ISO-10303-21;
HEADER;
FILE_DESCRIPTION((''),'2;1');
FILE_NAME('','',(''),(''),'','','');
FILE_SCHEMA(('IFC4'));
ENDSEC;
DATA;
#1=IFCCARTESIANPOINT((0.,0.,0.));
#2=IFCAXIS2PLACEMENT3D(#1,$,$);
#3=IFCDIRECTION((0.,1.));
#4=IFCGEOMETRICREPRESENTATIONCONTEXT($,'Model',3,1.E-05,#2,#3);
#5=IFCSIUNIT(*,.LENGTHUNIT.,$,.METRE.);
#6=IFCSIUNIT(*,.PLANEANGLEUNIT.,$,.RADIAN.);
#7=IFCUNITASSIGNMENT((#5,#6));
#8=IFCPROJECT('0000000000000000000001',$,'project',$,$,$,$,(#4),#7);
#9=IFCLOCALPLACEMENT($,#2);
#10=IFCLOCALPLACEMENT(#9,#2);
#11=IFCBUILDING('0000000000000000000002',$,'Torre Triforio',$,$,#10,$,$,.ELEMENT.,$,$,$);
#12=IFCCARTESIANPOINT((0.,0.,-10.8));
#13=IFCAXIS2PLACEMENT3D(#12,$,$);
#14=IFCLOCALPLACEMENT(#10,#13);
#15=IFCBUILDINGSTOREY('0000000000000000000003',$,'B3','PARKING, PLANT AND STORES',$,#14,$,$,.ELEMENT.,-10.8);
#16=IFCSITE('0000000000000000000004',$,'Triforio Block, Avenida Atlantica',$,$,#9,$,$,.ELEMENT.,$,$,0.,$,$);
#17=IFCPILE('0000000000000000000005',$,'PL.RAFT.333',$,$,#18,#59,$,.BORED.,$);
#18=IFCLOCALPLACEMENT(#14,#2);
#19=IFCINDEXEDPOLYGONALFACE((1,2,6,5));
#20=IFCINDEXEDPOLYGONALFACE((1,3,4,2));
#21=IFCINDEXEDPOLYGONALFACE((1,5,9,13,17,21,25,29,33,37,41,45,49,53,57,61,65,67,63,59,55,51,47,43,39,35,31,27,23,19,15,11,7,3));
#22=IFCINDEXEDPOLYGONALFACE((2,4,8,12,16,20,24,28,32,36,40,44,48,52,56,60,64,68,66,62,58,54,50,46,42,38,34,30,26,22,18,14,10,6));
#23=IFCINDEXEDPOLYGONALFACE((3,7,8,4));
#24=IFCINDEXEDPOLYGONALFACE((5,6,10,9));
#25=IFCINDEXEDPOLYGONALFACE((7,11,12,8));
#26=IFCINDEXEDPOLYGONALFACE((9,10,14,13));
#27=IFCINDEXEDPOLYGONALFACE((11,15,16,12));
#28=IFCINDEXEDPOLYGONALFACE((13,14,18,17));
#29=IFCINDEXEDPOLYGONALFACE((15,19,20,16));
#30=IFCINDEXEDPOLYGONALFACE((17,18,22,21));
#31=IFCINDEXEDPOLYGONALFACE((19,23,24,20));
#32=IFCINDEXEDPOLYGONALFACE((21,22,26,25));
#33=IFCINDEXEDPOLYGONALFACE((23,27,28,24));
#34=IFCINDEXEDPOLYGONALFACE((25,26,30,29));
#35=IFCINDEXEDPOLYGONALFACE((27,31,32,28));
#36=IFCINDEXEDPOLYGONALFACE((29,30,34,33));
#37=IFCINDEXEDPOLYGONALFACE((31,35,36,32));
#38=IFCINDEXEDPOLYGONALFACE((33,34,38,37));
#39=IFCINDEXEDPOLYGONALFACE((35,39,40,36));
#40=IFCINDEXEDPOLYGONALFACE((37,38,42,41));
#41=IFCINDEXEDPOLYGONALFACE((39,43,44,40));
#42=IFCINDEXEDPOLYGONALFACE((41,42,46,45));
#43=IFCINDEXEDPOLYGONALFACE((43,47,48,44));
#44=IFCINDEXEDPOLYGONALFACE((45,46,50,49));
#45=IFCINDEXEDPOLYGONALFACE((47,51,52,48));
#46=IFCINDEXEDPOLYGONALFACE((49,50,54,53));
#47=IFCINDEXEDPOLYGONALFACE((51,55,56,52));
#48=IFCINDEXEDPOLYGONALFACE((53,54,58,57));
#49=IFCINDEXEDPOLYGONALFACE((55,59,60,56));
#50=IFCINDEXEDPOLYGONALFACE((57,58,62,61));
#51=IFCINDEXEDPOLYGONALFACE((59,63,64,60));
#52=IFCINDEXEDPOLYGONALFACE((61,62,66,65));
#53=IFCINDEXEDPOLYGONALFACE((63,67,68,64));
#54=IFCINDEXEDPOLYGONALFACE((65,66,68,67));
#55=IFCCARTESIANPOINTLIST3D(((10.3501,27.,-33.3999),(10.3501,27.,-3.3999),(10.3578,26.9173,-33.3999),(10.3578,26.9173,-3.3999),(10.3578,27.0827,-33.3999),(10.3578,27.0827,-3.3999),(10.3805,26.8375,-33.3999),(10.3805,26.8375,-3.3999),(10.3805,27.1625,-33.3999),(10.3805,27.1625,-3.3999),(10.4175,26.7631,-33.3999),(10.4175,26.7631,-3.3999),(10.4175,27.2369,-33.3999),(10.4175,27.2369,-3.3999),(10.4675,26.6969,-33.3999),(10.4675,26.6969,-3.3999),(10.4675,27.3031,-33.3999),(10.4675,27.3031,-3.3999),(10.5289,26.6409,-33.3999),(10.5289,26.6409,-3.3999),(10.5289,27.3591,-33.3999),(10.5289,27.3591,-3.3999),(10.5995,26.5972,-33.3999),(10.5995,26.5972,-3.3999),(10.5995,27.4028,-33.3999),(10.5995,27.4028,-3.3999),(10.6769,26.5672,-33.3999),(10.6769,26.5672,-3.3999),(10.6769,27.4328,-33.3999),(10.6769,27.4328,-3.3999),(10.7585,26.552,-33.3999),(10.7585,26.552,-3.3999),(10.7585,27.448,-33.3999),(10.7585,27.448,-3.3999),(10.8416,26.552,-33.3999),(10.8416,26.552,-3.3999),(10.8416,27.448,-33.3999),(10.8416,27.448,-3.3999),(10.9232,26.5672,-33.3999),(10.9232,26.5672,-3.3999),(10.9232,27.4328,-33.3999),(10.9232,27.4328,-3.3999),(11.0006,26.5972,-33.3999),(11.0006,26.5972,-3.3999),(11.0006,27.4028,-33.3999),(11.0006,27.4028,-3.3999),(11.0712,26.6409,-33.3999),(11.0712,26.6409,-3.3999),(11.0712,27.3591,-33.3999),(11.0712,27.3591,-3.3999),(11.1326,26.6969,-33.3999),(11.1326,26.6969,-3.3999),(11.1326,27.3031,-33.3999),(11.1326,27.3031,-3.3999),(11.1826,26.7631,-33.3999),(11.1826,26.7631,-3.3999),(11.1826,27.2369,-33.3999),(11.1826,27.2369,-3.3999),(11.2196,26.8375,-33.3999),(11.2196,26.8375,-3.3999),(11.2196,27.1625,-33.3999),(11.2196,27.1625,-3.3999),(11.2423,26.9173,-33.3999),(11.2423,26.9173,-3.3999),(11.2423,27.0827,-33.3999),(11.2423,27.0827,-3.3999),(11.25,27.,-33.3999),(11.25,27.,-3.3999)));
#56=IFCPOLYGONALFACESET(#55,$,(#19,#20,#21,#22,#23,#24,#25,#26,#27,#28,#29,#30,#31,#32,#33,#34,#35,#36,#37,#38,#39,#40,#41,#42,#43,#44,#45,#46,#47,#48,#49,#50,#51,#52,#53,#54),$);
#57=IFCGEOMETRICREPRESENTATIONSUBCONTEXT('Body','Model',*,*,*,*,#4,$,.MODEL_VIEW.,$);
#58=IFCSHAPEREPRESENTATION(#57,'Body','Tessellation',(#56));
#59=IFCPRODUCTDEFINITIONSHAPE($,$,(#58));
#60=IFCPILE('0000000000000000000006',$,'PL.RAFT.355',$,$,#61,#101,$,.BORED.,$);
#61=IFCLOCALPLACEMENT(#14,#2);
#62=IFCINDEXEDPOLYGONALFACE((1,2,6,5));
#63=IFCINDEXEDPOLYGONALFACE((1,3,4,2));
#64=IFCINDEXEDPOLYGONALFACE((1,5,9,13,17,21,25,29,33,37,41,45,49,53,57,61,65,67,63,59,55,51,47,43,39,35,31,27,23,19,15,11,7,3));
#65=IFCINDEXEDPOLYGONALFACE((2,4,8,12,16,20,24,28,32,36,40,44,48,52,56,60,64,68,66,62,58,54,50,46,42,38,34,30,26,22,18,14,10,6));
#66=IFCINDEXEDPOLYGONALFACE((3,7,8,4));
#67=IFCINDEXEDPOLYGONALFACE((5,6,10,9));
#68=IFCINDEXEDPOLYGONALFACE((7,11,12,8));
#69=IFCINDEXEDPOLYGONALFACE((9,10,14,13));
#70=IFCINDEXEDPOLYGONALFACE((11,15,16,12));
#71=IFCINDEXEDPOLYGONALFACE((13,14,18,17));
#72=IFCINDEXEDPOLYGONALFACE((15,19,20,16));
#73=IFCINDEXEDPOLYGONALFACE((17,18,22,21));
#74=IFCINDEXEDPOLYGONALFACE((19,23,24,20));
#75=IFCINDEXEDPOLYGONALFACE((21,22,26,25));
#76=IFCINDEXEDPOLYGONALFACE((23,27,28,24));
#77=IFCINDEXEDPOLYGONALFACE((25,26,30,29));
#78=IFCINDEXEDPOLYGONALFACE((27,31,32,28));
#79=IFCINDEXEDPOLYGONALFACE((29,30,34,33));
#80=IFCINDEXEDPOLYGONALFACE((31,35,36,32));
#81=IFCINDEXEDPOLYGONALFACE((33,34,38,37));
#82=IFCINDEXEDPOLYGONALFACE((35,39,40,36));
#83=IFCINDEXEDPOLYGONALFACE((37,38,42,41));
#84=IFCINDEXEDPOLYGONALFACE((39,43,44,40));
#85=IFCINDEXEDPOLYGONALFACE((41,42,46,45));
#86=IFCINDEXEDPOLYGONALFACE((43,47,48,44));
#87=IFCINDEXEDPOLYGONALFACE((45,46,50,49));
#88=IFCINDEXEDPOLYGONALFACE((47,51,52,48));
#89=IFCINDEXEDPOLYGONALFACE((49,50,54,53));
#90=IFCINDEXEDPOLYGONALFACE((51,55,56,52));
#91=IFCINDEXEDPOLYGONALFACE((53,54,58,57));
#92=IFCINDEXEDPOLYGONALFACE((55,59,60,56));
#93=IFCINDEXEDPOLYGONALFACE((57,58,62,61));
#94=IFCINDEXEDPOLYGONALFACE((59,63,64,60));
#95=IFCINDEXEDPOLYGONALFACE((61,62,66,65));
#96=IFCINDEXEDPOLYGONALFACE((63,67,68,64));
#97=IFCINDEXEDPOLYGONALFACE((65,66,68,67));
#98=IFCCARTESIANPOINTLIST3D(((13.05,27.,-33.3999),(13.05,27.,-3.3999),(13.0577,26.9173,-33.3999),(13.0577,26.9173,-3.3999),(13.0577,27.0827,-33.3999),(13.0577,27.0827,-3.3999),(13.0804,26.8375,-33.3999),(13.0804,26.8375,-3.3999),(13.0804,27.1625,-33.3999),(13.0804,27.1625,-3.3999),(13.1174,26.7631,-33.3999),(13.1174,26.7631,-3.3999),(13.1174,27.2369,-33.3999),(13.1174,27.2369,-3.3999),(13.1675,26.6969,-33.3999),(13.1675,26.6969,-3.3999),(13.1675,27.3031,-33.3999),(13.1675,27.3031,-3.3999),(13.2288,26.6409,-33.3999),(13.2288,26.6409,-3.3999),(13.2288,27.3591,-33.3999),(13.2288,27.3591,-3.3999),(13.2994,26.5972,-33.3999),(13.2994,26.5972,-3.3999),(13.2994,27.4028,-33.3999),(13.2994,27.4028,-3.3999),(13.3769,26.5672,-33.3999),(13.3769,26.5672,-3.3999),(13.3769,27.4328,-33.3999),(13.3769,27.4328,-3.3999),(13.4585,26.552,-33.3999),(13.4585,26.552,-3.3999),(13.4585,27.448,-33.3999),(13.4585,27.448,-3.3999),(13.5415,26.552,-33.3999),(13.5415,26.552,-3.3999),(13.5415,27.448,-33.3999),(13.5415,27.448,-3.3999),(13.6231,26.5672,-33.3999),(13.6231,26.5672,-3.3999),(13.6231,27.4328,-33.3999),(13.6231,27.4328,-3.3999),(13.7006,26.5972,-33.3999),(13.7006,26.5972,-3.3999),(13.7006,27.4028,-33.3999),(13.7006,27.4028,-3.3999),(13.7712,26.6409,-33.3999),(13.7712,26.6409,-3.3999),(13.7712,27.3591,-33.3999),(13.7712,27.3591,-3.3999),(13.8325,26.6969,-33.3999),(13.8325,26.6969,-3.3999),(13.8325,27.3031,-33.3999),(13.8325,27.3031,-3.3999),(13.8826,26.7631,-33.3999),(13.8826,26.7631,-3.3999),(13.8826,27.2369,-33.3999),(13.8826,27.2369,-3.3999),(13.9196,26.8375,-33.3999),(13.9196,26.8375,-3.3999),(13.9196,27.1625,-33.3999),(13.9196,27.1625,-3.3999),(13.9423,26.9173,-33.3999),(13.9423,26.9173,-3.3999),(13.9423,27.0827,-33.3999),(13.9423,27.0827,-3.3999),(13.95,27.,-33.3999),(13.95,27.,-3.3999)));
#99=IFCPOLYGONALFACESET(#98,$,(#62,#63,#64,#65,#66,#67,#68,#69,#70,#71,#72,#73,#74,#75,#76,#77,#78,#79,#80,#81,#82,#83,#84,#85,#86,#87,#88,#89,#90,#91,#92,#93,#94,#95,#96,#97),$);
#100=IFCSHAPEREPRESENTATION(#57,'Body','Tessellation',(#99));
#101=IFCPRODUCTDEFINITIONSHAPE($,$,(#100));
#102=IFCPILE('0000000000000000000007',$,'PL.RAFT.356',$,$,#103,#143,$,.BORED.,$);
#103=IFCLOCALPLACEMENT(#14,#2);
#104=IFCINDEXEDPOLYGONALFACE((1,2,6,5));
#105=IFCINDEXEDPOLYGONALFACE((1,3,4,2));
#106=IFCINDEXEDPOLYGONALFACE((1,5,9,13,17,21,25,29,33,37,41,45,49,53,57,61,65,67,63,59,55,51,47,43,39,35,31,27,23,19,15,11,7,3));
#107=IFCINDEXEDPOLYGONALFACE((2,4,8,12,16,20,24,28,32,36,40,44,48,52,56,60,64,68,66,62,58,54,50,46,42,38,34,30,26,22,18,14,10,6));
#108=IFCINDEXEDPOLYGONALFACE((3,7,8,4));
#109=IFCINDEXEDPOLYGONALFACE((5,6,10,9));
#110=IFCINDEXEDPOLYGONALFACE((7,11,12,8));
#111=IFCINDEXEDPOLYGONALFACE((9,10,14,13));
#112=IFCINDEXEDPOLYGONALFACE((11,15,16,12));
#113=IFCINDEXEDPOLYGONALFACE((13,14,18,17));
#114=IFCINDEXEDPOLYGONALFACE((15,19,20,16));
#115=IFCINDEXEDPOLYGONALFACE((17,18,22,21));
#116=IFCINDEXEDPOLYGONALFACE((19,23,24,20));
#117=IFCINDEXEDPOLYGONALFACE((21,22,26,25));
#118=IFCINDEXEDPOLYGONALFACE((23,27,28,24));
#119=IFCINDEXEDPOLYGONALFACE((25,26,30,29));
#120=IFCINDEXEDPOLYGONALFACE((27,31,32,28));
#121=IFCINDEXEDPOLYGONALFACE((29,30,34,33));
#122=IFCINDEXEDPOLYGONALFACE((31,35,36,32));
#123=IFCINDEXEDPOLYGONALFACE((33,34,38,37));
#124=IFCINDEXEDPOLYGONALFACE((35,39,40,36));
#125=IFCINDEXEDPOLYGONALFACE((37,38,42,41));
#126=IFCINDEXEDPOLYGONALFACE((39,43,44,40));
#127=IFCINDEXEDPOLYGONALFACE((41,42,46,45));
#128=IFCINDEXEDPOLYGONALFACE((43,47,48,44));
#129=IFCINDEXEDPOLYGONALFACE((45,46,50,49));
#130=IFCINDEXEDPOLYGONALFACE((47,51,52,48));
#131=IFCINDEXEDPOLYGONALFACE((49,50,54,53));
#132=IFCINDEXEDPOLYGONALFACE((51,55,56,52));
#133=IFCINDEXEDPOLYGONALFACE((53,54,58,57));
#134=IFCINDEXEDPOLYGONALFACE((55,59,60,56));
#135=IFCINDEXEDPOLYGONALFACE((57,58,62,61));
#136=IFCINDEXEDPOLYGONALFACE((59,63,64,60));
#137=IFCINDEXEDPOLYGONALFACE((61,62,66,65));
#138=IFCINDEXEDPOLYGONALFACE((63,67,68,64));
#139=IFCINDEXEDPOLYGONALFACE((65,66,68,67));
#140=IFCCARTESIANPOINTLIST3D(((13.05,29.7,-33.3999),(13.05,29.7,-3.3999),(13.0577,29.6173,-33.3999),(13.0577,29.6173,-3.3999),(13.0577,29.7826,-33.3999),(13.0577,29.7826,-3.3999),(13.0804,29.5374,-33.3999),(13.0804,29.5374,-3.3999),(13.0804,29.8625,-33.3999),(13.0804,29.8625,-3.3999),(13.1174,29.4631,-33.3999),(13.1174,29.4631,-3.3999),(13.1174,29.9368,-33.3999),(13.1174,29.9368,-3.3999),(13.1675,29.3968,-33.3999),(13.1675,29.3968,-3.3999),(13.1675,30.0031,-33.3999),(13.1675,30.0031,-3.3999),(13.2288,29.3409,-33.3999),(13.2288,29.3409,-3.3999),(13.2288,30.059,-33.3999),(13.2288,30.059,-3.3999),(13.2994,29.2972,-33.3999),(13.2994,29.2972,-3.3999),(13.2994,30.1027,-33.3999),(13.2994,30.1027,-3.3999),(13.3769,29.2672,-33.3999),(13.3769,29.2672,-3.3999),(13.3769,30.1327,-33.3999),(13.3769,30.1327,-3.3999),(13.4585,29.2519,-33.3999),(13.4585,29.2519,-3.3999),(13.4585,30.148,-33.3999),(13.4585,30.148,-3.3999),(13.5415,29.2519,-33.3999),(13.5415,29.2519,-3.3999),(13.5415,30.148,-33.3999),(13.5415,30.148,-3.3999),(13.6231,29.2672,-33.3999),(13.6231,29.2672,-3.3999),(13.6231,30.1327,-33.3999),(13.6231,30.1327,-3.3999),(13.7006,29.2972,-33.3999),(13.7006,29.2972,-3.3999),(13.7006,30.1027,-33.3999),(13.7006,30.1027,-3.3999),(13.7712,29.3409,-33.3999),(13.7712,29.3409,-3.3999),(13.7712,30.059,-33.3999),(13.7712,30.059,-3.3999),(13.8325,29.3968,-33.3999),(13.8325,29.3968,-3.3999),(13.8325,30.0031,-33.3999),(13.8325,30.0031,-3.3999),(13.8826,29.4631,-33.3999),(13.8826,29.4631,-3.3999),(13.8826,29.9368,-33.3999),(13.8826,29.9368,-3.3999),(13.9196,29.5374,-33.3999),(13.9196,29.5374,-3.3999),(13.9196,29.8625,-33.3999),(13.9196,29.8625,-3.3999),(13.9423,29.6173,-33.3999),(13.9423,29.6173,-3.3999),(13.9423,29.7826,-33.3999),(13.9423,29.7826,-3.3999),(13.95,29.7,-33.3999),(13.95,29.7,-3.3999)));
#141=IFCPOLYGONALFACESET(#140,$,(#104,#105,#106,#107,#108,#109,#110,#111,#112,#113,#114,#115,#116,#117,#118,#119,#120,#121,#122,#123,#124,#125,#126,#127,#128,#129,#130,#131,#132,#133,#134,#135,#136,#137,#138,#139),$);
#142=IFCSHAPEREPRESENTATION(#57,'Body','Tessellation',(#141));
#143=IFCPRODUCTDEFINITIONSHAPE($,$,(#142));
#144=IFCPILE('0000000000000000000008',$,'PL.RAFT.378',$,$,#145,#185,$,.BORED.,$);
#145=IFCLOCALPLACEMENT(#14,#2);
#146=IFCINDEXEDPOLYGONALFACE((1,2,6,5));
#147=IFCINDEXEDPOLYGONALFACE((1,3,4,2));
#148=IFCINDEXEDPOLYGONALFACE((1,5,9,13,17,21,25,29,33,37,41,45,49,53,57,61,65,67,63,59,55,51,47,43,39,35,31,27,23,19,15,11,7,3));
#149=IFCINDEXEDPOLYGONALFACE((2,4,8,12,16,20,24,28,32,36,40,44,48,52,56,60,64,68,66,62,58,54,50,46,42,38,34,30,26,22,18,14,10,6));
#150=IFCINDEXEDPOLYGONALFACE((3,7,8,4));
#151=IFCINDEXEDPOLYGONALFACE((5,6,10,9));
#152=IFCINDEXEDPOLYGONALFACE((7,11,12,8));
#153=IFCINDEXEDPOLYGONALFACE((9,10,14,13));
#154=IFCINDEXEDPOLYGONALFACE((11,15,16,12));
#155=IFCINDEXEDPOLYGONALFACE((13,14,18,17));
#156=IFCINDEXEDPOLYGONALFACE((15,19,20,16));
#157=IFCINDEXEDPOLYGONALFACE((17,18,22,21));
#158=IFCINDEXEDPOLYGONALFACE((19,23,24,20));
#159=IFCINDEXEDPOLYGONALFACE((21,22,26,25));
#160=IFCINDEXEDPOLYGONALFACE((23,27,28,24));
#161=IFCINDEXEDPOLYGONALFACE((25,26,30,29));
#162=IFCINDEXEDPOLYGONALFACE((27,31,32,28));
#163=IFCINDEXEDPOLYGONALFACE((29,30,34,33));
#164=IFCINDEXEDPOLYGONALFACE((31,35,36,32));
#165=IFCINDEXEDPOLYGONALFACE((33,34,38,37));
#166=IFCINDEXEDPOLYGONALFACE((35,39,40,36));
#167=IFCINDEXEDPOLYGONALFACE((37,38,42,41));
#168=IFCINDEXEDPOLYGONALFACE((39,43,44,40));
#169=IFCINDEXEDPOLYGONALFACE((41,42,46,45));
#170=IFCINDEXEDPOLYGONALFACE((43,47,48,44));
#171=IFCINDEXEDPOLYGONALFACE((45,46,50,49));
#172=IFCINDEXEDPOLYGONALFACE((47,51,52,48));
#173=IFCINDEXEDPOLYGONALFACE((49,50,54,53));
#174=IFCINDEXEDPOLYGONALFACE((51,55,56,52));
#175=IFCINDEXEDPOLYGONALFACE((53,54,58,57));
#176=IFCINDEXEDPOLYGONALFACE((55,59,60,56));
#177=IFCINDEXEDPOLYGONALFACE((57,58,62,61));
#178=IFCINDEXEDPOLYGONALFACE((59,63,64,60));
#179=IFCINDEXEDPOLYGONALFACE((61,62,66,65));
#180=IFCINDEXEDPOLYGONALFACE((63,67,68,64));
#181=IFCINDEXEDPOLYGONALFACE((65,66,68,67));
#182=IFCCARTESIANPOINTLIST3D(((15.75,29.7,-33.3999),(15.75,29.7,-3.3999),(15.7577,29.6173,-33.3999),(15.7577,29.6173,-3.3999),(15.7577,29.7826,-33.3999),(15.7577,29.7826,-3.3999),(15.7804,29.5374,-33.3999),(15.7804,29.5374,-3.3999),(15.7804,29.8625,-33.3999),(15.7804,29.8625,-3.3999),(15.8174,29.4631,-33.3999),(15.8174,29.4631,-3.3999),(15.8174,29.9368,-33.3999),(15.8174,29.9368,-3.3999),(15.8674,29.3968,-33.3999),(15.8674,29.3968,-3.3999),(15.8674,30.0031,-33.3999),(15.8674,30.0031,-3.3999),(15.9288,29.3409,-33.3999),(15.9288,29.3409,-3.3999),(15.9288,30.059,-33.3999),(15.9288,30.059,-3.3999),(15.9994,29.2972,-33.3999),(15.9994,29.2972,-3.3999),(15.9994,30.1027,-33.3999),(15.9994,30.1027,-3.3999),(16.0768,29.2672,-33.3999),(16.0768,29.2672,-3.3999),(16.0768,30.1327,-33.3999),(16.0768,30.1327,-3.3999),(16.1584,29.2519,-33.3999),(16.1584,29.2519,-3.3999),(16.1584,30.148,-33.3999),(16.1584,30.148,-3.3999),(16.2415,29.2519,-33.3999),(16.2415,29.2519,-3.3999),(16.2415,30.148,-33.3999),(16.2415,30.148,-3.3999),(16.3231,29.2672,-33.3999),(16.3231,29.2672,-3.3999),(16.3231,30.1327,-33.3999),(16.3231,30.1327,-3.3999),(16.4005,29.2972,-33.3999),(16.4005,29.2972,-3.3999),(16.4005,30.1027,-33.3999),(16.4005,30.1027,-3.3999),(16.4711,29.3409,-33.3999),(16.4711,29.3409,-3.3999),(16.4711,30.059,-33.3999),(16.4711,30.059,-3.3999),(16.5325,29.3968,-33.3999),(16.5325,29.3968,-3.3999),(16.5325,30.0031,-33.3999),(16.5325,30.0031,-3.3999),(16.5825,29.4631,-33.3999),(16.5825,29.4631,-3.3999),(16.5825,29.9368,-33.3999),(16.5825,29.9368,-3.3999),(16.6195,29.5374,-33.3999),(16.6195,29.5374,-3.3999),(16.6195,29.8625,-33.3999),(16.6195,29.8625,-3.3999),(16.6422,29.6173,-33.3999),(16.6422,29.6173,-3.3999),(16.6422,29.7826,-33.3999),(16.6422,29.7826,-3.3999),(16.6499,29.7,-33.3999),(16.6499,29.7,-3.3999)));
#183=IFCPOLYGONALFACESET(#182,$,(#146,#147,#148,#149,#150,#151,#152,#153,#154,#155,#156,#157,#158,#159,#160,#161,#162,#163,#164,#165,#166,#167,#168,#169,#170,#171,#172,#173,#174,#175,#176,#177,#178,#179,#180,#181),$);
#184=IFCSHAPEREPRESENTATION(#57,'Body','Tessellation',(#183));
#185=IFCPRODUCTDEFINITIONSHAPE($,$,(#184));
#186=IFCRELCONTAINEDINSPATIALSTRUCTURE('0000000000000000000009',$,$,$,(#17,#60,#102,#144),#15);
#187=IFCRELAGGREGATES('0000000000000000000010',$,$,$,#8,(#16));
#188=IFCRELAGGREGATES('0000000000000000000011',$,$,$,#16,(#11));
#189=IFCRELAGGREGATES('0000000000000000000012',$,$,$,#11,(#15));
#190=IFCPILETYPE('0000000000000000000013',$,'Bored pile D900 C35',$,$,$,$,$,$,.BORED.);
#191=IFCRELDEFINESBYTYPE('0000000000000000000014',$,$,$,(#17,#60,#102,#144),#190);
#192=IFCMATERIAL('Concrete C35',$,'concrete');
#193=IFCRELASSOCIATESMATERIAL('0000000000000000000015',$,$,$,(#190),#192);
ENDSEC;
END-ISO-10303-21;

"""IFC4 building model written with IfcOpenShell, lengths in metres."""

from ifc_helpers import new_model, si_unit, direction, frame, origin, origin_2d, place, context, subcontext, project, spatial, circle, extrude, material, material_profile, profile_set, type_object, element, save


model = new_model("IFC4")

# Units and contexts
model_context = context("Model", 3, precision=1e-05, world=origin(), true_north=direction((0.0, 1.0)))
body_context = subcontext(model_context, "Body", "Model", "MODEL_VIEW")
ifc_project = project(units=[si_unit("LENGTHUNIT", "METRE"), si_unit("PLANEANGLEUNIT", "RADIAN")], contexts=[model_context])

# Site, building, storey
site_placement = place(None, origin())
site = spatial("IfcSite", under=ifc_project, at=site_placement, Name="Triforio Block, Avenida Atlantica", CompositionType="ELEMENT", RefElevation=0.0)
building_placement = place(site_placement, origin())
building = spatial("IfcBuilding", under=site, at=building_placement, Name="Torre Triforio", CompositionType="ELEMENT")
storey_placement = place(building_placement, frame((0.0, 0.0, -10.8)))
storey = spatial("IfcBuildingStorey", under=building, at=storey_placement, Name="B3", Description="PARKING, PLANT AND STORES", CompositionType="ELEMENT", Elevation=-10.8)

# Piles
ifc_material_1 = material(Name="Concrete C35", Category="concrete")
ifc_material_profile_1 = material_profile(ifc_material_1, circle(Radius=0.45, at=origin_2d()), Name="RC D900")
ifc_profile_set_1 = profile_set([ifc_material_profile_1], Name="Concrete C35")
pile_type = type_object("IfcPileType", Name="Bored pile D900 C35", PredefinedType="BORED", material=ifc_profile_set_1)
for number, where, z_axis, x_axis, name in (
    (1, (10.8, 27.0, -3.3999), (0.0, 0.0, -1.0), (1.0, 0.0, 0.0), "PL.RAFT.333"),
    (2, (13.5, 27.0, -3.3999), (0.0, 0.0, -1.0), (1.0, 0.0, 0.0), "PL.RAFT.355"),
    (3, (13.5, 29.7, -3.3999), (0.0, 0.0, -1.0), (1.0, 0.0, 0.0), "PL.RAFT.356"),
    (4, (16.2, 29.7, -3.3999), (0.0, 0.0, -1.0), (1.0, 0.0, 0.0), "PL.RAFT.378"),
):
    element("IfcPile", number, at=place(storey_placement, frame(where, z_axis=z_axis, x_axis=x_axis)), inside=storey, type_object=pile_type, Name=name, PredefinedType="BORED", context=body_context, shape_type="SweptSolid", body=[
        extrude(circle(Radius=0.45, at=origin_2d()), origin(), (0.0, 0.0, 1.0), 30.0),
    ])

save(model, "model.ifc")
